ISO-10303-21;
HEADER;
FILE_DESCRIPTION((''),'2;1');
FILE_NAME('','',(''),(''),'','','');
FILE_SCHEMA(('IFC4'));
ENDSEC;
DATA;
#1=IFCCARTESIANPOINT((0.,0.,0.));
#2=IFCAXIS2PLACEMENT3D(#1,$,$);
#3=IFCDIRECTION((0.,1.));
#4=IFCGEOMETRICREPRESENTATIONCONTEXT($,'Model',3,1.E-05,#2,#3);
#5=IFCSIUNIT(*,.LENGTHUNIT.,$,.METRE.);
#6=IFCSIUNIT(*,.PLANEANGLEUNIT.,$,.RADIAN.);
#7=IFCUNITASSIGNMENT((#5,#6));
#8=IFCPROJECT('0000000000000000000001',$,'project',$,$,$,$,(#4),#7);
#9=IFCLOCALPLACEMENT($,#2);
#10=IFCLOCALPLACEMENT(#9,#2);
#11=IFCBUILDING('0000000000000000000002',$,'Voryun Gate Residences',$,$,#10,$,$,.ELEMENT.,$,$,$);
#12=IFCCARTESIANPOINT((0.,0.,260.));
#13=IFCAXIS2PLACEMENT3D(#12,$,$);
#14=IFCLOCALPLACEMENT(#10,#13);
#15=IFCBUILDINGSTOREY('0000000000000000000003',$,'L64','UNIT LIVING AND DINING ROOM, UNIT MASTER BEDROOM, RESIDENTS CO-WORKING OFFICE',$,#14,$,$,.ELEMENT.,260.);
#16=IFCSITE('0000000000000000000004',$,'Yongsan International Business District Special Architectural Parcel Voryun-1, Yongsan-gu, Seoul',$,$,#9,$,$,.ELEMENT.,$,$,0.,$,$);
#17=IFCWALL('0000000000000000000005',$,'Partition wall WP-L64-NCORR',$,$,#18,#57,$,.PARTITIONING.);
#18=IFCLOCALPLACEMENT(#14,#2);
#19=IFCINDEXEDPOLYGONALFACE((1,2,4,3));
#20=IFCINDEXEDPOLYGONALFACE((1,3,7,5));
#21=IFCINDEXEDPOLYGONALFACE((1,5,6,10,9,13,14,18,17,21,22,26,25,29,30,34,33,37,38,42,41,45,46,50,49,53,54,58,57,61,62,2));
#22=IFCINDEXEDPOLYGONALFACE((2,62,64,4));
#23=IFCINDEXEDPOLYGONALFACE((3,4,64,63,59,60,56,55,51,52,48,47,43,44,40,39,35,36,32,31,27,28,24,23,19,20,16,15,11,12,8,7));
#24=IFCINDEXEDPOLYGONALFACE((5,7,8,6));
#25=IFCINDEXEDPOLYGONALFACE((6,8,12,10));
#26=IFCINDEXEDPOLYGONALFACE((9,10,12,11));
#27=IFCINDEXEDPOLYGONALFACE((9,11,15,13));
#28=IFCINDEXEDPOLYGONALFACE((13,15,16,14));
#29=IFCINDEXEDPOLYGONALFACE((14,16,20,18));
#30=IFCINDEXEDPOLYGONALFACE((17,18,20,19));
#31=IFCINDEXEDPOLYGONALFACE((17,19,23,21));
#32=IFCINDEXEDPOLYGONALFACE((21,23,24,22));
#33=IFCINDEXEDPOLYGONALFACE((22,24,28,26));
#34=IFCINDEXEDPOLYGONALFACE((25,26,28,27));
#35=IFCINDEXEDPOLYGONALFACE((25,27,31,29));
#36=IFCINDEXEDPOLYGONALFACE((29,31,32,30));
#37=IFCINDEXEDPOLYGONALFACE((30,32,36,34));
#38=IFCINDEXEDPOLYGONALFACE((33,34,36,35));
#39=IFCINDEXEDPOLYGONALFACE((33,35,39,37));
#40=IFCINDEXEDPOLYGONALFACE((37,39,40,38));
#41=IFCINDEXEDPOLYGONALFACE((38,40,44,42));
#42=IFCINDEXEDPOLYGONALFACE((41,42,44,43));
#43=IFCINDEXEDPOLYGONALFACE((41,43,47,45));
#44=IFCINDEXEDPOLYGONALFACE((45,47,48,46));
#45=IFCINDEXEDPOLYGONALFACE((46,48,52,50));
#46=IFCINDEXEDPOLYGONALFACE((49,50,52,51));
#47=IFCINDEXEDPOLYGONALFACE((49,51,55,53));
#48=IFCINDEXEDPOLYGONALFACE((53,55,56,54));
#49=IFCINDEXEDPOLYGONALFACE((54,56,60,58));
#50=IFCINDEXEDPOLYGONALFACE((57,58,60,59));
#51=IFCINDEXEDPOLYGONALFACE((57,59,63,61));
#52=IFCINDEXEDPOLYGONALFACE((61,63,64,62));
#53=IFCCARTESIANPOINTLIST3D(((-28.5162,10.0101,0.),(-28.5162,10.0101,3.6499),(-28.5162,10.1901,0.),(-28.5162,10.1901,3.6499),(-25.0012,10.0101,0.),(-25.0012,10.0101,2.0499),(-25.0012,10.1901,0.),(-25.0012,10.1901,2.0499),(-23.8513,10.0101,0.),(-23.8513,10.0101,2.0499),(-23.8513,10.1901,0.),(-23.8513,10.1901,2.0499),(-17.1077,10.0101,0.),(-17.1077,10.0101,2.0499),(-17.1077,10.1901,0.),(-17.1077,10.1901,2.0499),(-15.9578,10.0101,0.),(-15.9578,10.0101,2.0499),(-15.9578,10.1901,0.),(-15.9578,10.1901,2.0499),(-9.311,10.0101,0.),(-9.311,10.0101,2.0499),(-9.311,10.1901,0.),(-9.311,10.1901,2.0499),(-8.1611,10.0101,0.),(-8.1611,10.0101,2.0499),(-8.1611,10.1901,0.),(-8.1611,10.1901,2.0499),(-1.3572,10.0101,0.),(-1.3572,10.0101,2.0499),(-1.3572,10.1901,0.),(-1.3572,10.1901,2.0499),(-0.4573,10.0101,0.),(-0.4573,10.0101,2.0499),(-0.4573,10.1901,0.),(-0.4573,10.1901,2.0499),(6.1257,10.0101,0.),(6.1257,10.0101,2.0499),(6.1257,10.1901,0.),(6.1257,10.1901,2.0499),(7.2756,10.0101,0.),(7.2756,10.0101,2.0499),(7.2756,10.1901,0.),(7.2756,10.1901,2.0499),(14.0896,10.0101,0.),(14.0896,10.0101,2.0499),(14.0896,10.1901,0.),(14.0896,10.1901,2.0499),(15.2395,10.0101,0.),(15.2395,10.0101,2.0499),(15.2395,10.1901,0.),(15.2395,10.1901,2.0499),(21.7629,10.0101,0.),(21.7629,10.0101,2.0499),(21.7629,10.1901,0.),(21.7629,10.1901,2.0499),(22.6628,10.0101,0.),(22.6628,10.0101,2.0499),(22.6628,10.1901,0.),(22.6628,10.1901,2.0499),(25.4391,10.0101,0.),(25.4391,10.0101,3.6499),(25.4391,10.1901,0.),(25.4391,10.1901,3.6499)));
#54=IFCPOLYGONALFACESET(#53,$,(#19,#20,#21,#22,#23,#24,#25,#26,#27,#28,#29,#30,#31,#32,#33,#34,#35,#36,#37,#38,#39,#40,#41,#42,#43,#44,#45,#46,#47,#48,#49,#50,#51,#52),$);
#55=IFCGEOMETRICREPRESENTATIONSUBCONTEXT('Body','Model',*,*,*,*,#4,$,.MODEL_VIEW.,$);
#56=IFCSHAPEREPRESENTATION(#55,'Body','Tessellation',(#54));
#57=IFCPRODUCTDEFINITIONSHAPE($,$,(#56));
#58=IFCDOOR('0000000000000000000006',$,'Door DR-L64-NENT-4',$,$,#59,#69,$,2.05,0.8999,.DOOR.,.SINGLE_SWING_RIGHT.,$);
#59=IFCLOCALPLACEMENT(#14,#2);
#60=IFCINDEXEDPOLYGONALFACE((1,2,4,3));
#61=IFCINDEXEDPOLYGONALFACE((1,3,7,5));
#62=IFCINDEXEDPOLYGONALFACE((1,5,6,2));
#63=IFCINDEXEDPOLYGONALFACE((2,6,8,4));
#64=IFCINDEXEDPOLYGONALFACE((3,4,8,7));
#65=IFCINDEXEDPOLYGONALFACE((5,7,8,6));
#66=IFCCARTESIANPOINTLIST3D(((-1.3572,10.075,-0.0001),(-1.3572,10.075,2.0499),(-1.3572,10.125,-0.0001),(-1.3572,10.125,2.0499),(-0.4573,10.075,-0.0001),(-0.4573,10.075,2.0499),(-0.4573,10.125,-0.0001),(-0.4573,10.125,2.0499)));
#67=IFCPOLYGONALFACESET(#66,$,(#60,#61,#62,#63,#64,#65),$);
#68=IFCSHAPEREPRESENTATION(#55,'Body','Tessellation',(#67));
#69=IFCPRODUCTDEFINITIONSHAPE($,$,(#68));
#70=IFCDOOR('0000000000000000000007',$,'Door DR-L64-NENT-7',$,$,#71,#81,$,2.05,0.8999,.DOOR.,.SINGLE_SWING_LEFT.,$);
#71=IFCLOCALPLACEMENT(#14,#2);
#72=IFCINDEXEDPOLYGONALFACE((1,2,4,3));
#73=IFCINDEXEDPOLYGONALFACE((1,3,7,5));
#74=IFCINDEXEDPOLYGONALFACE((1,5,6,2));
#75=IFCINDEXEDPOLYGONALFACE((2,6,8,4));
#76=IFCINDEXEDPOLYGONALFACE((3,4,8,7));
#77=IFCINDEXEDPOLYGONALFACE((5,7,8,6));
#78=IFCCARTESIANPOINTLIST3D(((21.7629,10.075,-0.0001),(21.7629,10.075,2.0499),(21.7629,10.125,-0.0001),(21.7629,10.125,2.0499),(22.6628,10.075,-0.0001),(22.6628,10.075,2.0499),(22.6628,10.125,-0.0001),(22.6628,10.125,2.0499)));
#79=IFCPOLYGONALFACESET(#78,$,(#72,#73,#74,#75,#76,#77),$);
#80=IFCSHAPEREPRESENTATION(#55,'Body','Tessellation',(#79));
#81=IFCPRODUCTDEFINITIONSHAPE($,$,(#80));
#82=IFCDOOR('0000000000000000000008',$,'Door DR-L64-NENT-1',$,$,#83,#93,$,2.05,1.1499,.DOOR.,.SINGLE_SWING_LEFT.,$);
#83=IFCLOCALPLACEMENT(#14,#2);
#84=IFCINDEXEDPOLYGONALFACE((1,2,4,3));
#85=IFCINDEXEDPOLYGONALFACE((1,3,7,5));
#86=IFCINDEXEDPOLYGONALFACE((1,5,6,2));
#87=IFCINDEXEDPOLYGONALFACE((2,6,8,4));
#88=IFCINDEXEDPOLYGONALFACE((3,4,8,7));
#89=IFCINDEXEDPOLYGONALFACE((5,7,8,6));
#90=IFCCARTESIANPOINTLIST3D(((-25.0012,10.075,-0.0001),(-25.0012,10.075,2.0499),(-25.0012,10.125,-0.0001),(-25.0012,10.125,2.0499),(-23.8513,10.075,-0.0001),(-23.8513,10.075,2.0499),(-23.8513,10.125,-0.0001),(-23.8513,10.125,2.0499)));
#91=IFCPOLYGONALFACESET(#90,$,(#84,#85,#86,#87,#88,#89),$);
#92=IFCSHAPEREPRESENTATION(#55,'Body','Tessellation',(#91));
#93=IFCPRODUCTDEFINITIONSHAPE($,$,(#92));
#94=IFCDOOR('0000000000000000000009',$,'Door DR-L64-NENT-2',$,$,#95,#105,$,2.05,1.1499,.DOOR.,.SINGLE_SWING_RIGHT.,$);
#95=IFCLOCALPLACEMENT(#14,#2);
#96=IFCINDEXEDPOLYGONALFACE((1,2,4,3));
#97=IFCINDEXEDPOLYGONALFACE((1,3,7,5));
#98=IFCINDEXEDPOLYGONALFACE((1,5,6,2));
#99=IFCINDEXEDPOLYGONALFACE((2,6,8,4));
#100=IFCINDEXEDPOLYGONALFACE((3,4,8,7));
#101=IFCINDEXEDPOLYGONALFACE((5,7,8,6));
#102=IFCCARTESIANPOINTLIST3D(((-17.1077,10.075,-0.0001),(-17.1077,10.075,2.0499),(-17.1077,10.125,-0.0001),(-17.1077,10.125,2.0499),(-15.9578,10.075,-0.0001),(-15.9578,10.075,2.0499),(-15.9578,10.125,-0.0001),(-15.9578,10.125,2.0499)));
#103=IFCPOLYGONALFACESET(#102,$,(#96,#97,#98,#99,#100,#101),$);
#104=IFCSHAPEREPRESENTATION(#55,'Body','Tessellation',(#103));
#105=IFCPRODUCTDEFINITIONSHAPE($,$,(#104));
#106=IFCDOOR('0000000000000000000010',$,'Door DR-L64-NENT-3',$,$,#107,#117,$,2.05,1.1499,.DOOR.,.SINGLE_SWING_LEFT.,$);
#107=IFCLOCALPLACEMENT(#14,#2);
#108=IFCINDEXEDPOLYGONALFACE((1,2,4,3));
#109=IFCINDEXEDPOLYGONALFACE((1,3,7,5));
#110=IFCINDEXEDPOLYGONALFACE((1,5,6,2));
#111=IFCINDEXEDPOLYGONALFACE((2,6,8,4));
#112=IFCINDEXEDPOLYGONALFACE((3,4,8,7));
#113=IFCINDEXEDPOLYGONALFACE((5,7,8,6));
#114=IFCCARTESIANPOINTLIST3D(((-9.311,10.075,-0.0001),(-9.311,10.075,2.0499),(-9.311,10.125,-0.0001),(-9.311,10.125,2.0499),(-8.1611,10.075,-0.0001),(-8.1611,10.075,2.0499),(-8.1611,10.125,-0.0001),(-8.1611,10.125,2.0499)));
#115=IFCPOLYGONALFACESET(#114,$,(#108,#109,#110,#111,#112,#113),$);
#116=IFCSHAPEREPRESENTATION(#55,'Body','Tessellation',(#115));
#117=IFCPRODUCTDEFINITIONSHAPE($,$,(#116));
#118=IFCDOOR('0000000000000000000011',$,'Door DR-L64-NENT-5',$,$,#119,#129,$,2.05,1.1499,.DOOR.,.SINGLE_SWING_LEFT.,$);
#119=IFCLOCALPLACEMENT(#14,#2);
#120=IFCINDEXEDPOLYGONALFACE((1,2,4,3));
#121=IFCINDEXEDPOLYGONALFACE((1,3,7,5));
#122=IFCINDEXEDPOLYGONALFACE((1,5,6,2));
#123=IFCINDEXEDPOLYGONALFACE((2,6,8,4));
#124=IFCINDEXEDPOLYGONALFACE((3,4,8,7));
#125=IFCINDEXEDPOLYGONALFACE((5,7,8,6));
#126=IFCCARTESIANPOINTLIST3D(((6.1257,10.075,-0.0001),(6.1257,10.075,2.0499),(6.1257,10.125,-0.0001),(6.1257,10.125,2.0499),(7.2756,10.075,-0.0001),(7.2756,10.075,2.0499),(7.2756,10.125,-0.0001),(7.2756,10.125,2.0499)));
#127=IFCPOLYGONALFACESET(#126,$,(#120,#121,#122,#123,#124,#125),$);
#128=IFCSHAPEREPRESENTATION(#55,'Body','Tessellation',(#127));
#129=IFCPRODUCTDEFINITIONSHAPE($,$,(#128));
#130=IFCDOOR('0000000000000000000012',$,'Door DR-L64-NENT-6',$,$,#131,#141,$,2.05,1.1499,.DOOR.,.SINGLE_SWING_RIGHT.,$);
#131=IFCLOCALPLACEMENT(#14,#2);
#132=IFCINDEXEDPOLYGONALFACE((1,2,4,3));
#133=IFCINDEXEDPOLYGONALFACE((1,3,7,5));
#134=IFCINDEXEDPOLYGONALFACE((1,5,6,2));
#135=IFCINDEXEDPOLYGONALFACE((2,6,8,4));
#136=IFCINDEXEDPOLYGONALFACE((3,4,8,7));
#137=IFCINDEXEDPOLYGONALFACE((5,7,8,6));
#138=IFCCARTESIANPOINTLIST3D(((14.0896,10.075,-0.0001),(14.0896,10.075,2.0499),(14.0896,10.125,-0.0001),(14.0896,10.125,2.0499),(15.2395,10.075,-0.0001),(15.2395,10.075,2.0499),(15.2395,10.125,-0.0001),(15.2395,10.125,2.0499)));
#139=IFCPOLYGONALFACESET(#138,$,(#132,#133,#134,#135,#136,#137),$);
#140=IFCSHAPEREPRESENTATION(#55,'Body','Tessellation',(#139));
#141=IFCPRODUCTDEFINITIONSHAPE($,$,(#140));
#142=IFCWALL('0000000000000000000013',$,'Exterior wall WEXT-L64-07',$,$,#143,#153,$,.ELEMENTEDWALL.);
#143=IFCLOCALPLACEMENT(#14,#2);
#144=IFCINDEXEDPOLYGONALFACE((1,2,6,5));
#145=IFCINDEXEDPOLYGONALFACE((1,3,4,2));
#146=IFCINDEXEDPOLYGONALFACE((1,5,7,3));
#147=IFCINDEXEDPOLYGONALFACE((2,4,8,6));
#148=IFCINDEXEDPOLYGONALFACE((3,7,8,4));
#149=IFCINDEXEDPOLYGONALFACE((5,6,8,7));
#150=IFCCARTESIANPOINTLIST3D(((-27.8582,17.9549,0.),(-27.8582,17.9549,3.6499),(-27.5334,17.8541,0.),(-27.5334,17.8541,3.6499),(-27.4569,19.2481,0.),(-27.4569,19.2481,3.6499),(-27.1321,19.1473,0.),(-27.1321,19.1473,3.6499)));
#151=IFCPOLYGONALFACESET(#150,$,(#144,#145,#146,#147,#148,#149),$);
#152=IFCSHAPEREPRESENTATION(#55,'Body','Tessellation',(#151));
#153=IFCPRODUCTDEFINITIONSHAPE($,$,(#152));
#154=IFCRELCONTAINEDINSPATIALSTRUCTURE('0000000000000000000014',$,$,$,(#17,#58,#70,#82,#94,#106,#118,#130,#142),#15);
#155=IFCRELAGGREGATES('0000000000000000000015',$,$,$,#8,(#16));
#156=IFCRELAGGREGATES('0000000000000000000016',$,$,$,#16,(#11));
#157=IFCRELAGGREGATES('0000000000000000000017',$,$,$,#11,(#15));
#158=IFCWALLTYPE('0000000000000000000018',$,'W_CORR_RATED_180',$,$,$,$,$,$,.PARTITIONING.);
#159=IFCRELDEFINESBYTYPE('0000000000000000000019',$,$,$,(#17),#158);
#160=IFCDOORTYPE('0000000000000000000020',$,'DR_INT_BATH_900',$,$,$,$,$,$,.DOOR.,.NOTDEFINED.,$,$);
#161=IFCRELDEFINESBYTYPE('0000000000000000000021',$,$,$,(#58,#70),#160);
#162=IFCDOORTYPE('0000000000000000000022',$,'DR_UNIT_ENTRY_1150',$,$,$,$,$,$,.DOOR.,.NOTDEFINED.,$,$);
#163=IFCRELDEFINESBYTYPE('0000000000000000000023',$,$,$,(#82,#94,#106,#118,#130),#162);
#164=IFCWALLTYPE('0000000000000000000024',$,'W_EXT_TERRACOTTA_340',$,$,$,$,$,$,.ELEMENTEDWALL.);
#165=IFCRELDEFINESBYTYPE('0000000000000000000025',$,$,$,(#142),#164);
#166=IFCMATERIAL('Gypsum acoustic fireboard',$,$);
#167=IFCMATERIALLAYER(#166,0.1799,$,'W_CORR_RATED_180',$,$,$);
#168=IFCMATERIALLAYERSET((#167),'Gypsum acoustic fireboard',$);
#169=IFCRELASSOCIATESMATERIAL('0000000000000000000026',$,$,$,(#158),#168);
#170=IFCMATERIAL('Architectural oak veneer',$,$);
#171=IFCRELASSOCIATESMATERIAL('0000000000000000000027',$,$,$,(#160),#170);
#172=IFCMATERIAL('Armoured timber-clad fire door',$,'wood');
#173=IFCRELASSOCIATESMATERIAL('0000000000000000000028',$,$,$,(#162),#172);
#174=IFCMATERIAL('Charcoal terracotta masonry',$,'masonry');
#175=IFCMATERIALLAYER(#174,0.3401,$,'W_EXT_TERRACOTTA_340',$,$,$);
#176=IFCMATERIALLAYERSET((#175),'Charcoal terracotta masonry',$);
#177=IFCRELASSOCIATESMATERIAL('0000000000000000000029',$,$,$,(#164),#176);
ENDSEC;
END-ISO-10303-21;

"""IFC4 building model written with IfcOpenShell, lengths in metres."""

from ifc_helpers import new_model, si_unit, direction, frame, frame_2d, origin, place, context, subcontext, project, spatial, rectangle, extrude, material, layer, layer_set, type_object, element, fill, save


model = new_model("IFC4")

# Units and contexts
model_context = context("Model", 3, precision=1e-05, world=origin(), true_north=direction((0.0, 1.0)))
body_context = subcontext(model_context, "Body", "Model", "MODEL_VIEW")
ifc_project = project(units=[si_unit("LENGTHUNIT", "METRE"), si_unit("PLANEANGLEUNIT", "RADIAN")], contexts=[model_context])

# Site, building, storey
site_placement = place(None, origin())
site = spatial("IfcSite", under=ifc_project, at=site_placement, Name="Yongsan International Business District Special Architectural Parcel Voryun-1, Yongsan-gu, Seoul", CompositionType="ELEMENT", RefElevation=0.0)
building_placement = place(site_placement, origin())
building = spatial("IfcBuilding", under=site, at=building_placement, Name="Voryun Gate Residences", CompositionType="ELEMENT")
storey_placement = place(building_placement, frame((0.0, 0.0, 260.0)))
storey = spatial("IfcBuildingStorey", under=building, at=storey_placement, Name="L64", Description="UNIT LIVING AND DINING ROOM, UNIT MASTER BEDROOM, RESIDENTS CO-WORKING OFFICE", CompositionType="ELEMENT", Elevation=260.0)

# Wall, openings, doors
ifc_material_1 = material(Name="Gypsum acoustic fireboard")
ifc_layer_1 = layer(ifc_material_1, 0.1799, Name="W_CORR_RATED_180")
ifc_layer_set_1 = layer_set([ifc_layer_1], Name="Gypsum acoustic fireboard")
wall_type_1 = type_object("IfcWallType", Name="W_CORR_RATED_180", PredefinedType="PARTITIONING", material=ifc_layer_set_1)
wall_1_placement = place(storey_placement, frame((-28.5161, 10.1001, 0.0), z_axis=(0.0, 0.0, 1.0), x_axis=(1.0, 0.0, 0.0)))
wall_1 = element("IfcWall", 1, at=wall_1_placement, inside=storey, type_object=wall_type_1, Name="Partition wall WP-L64-NCORR", PredefinedType="PARTITIONING", context=body_context, shape_type="SweptSolid", body=[
    extrude(rectangle(XDim=53.9553, YDim=0.1799, at=frame_2d((26.9775, 0.0))), origin(), (0.0, 0.0, 1.0), 3.6499),
])
opening_1_placement = place(wall_1_placement, frame((3.5149, 0.0, 0.0)))
opening_1 = element("IfcOpeningElement", 2, at=opening_1_placement, cuts=wall_1, PredefinedType="OPENING", context=body_context, shape_type="SweptSolid", body=[
    extrude(rectangle(XDim=1.1499, YDim=2.05, at=frame_2d((0.575, 1.0249))), frame((0.0, 0.0999, 0.0), z_axis=(0.0, -1.0, 0.0), x_axis=(1.0, 0.0, 0.0)), (0.0, 0.0, 1.0), 0.2),
])
opening_2_placement = place(wall_1_placement, frame((11.4084, 0.0, 0.0)))
opening_2 = element("IfcOpeningElement", 3, at=opening_2_placement, cuts=wall_1, PredefinedType="OPENING", context=body_context, shape_type="SweptSolid", body=[
    extrude(rectangle(XDim=1.1499, YDim=2.05, at=frame_2d((0.575, 1.0249))), frame((0.0, 0.0999, 0.0), z_axis=(0.0, -1.0, 0.0), x_axis=(1.0, 0.0, 0.0)), (0.0, 0.0, 1.0), 0.2),
])
opening_3_placement = place(wall_1_placement, frame((19.2051, 0.0, 0.0)))
opening_3 = element("IfcOpeningElement", 4, at=opening_3_placement, cuts=wall_1, PredefinedType="OPENING", context=body_context, shape_type="SweptSolid", body=[
    extrude(rectangle(XDim=1.1499, YDim=2.05, at=frame_2d((0.575, 1.0249))), frame((0.0, 0.0999, 0.0), z_axis=(0.0, -1.0, 0.0), x_axis=(1.0, 0.0, 0.0)), (0.0, 0.0, 1.0), 0.2),
])
opening_4_placement = place(wall_1_placement, frame((27.1589, 0.0, 0.0)))
opening_4 = element("IfcOpeningElement", 5, at=opening_4_placement, cuts=wall_1, PredefinedType="OPENING", context=body_context, shape_type="SweptSolid", body=[
    extrude(rectangle(XDim=0.8999, YDim=2.05, at=frame_2d((0.45, 1.0249))), frame((0.0, 0.0999, 0.0), z_axis=(0.0, -1.0, 0.0), x_axis=(1.0, 0.0, 0.0)), (0.0, 0.0, 1.0), 0.2),
])
opening_5_placement = place(wall_1_placement, frame((34.6418, 0.0, 0.0)))
opening_5 = element("IfcOpeningElement", 6, at=opening_5_placement, cuts=wall_1, PredefinedType="OPENING", context=body_context, shape_type="SweptSolid", body=[
    extrude(rectangle(XDim=1.1499, YDim=2.05, at=frame_2d((0.575, 1.0249))), frame((0.0, 0.0999, 0.0), z_axis=(0.0, -1.0, 0.0), x_axis=(1.0, 0.0, 0.0)), (0.0, 0.0, 1.0), 0.2),
])
opening_6_placement = place(wall_1_placement, frame((42.6057, 0.0, 0.0)))
opening_6 = element("IfcOpeningElement", 7, at=opening_6_placement, cuts=wall_1, PredefinedType="OPENING", context=body_context, shape_type="SweptSolid", body=[
    extrude(rectangle(XDim=1.1499, YDim=2.05, at=frame_2d((0.575, 1.0249))), frame((0.0, 0.0999, 0.0), z_axis=(0.0, -1.0, 0.0), x_axis=(1.0, 0.0, 0.0)), (0.0, 0.0, 1.0), 0.2),
])
opening_7_placement = place(wall_1_placement, frame((50.2791, 0.0, 0.0)))
opening_7 = element("IfcOpeningElement", 8, at=opening_7_placement, cuts=wall_1, PredefinedType="OPENING", context=body_context, shape_type="SweptSolid", body=[
    extrude(rectangle(XDim=0.8999, YDim=2.05, at=frame_2d((0.45, 1.0249))), frame((0.0, 0.0999, 0.0), z_axis=(0.0, -1.0, 0.0), x_axis=(1.0, 0.0, 0.0)), (0.0, 0.0, 1.0), 0.2),
])
ifc_material_2 = material(Name="Architectural oak veneer")
door_type_1 = type_object("IfcDoorType", Name="DR_INT_BATH_900", OperationType="NOTDEFINED", PredefinedType="DOOR", material=ifc_material_2)
door_1_placement = place(opening_4_placement, origin())
door_1 = element("IfcDoor", 9, at=door_1_placement, inside=storey, type_object=door_type_1, Name="Door DR-L64-NENT-4", OperationType="SINGLE_SWING_RIGHT", OverallHeight=2.05, OverallWidth=0.8999, PredefinedType="DOOR", context=body_context, shape_type="SweptSolid", body=[
    extrude(rectangle(XDim=0.8999, YDim=2.05, at=frame_2d((0.45, 1.0249))), frame((0.0, 0.0249, 0.0), z_axis=(0.0, -1.0, 0.0), x_axis=(1.0, 0.0, 0.0)), (0.0, 0.0, 1.0), 0.05),
])
fill(opening_4, door_1)
door_2_placement = place(opening_7_placement, origin())
door_2 = element("IfcDoor", 10, at=door_2_placement, inside=storey, type_object=door_type_1, Name="Door DR-L64-NENT-7", OperationType="SINGLE_SWING_LEFT", OverallHeight=2.05, OverallWidth=0.8999, PredefinedType="DOOR", context=body_context, shape_type="SweptSolid", body=[
    extrude(rectangle(XDim=0.8999, YDim=2.05, at=frame_2d((0.45, 1.0249))), frame((0.0, 0.0249, 0.0), z_axis=(0.0, -1.0, 0.0), x_axis=(1.0, 0.0, 0.0)), (0.0, 0.0, 1.0), 0.05),
])
fill(opening_7, door_2)
ifc_material_3 = material(Name="Armoured timber-clad fire door", Category="wood")
door_type_2 = type_object("IfcDoorType", Name="DR_UNIT_ENTRY_1150", OperationType="NOTDEFINED", PredefinedType="DOOR", material=ifc_material_3)
door_3_placement = place(opening_1_placement, origin())
door_3 = element("IfcDoor", 11, at=door_3_placement, inside=storey, type_object=door_type_2, Name="Door DR-L64-NENT-1", OperationType="SINGLE_SWING_LEFT", OverallHeight=2.05, OverallWidth=1.1499, PredefinedType="DOOR", context=body_context, shape_type="SweptSolid", body=[
    extrude(rectangle(XDim=1.1499, YDim=2.05, at=frame_2d((0.575, 1.0249))), frame((0.0, 0.0249, 0.0), z_axis=(0.0, -1.0, 0.0), x_axis=(1.0, 0.0, 0.0)), (0.0, 0.0, 1.0), 0.05),
])
fill(opening_1, door_3)
door_4_placement = place(opening_2_placement, origin())
door_4 = element("IfcDoor", 12, at=door_4_placement, inside=storey, type_object=door_type_2, Name="Door DR-L64-NENT-2", OperationType="SINGLE_SWING_RIGHT", OverallHeight=2.05, OverallWidth=1.1499, PredefinedType="DOOR", context=body_context, shape_type="SweptSolid", body=[
    extrude(rectangle(XDim=1.1499, YDim=2.05, at=frame_2d((0.575, 1.0249))), frame((0.0, 0.0249, 0.0), z_axis=(0.0, -1.0, 0.0), x_axis=(1.0, 0.0, 0.0)), (0.0, 0.0, 1.0), 0.05),
])
fill(opening_2, door_4)
door_5_placement = place(opening_3_placement, origin())
door_5 = element("IfcDoor", 13, at=door_5_placement, inside=storey, type_object=door_type_2, Name="Door DR-L64-NENT-3", OperationType="SINGLE_SWING_LEFT", OverallHeight=2.05, OverallWidth=1.1499, PredefinedType="DOOR", context=body_context, shape_type="SweptSolid", body=[
    extrude(rectangle(XDim=1.1499, YDim=2.05, at=frame_2d((0.575, 1.0249))), frame((0.0, 0.0249, 0.0), z_axis=(0.0, -1.0, 0.0), x_axis=(1.0, 0.0, 0.0)), (0.0, 0.0, 1.0), 0.05),
])
fill(opening_3, door_5)
door_6_placement = place(opening_5_placement, origin())
door_6 = element("IfcDoor", 14, at=door_6_placement, inside=storey, type_object=door_type_2, Name="Door DR-L64-NENT-5", OperationType="SINGLE_SWING_LEFT", OverallHeight=2.05, OverallWidth=1.1499, PredefinedType="DOOR", context=body_context, shape_type="SweptSolid", body=[
    extrude(rectangle(XDim=1.1499, YDim=2.05, at=frame_2d((0.575, 1.0249))), frame((0.0, 0.0249, 0.0), z_axis=(0.0, -1.0, 0.0), x_axis=(1.0, 0.0, 0.0)), (0.0, 0.0, 1.0), 0.05),
])
fill(opening_5, door_6)
door_7_placement = place(opening_6_placement, origin())
door_7 = element("IfcDoor", 15, at=door_7_placement, inside=storey, type_object=door_type_2, Name="Door DR-L64-NENT-6", OperationType="SINGLE_SWING_RIGHT", OverallHeight=2.05, OverallWidth=1.1499, PredefinedType="DOOR", context=body_context, shape_type="SweptSolid", body=[
    extrude(rectangle(XDim=1.1499, YDim=2.05, at=frame_2d((0.575, 1.0249))), frame((0.0, 0.0249, 0.0), z_axis=(0.0, -1.0, 0.0), x_axis=(1.0, 0.0, 0.0)), (0.0, 0.0, 1.0), 0.05),
])
fill(opening_6, door_7)

# Wall
ifc_material_4 = material(Name="Charcoal terracotta masonry", Category="masonry")
ifc_layer_2 = layer(ifc_material_4, 0.3401, Name="W_EXT_TERRACOTTA_340")
ifc_layer_set_2 = layer_set([ifc_layer_2], Name="Charcoal terracotta masonry")
wall_type_2 = type_object("IfcWallType", Name="W_EXT_TERRACOTTA_340", PredefinedType="ELEMENTEDWALL", material=ifc_layer_set_2)
wall_2_placement = place(storey_placement, frame((-27.6958, 17.9045, 0.0), z_axis=(0.0, 0.0, 1.0), x_axis=(0.296416, 0.955059, 0.0)))
element("IfcWall", 16, at=wall_2_placement, inside=storey, type_object=wall_type_2, Name="Exterior wall WEXT-L64-07", PredefinedType="ELEMENTEDWALL", context=body_context, shape_type="SweptSolid", body=[
    extrude(rectangle(XDim=1.354, YDim=0.3401, at=frame_2d((0.677, 0.0))), origin(), (0.0, 0.0, 1.0), 3.6499),
])

save(model, "model.ifc")
